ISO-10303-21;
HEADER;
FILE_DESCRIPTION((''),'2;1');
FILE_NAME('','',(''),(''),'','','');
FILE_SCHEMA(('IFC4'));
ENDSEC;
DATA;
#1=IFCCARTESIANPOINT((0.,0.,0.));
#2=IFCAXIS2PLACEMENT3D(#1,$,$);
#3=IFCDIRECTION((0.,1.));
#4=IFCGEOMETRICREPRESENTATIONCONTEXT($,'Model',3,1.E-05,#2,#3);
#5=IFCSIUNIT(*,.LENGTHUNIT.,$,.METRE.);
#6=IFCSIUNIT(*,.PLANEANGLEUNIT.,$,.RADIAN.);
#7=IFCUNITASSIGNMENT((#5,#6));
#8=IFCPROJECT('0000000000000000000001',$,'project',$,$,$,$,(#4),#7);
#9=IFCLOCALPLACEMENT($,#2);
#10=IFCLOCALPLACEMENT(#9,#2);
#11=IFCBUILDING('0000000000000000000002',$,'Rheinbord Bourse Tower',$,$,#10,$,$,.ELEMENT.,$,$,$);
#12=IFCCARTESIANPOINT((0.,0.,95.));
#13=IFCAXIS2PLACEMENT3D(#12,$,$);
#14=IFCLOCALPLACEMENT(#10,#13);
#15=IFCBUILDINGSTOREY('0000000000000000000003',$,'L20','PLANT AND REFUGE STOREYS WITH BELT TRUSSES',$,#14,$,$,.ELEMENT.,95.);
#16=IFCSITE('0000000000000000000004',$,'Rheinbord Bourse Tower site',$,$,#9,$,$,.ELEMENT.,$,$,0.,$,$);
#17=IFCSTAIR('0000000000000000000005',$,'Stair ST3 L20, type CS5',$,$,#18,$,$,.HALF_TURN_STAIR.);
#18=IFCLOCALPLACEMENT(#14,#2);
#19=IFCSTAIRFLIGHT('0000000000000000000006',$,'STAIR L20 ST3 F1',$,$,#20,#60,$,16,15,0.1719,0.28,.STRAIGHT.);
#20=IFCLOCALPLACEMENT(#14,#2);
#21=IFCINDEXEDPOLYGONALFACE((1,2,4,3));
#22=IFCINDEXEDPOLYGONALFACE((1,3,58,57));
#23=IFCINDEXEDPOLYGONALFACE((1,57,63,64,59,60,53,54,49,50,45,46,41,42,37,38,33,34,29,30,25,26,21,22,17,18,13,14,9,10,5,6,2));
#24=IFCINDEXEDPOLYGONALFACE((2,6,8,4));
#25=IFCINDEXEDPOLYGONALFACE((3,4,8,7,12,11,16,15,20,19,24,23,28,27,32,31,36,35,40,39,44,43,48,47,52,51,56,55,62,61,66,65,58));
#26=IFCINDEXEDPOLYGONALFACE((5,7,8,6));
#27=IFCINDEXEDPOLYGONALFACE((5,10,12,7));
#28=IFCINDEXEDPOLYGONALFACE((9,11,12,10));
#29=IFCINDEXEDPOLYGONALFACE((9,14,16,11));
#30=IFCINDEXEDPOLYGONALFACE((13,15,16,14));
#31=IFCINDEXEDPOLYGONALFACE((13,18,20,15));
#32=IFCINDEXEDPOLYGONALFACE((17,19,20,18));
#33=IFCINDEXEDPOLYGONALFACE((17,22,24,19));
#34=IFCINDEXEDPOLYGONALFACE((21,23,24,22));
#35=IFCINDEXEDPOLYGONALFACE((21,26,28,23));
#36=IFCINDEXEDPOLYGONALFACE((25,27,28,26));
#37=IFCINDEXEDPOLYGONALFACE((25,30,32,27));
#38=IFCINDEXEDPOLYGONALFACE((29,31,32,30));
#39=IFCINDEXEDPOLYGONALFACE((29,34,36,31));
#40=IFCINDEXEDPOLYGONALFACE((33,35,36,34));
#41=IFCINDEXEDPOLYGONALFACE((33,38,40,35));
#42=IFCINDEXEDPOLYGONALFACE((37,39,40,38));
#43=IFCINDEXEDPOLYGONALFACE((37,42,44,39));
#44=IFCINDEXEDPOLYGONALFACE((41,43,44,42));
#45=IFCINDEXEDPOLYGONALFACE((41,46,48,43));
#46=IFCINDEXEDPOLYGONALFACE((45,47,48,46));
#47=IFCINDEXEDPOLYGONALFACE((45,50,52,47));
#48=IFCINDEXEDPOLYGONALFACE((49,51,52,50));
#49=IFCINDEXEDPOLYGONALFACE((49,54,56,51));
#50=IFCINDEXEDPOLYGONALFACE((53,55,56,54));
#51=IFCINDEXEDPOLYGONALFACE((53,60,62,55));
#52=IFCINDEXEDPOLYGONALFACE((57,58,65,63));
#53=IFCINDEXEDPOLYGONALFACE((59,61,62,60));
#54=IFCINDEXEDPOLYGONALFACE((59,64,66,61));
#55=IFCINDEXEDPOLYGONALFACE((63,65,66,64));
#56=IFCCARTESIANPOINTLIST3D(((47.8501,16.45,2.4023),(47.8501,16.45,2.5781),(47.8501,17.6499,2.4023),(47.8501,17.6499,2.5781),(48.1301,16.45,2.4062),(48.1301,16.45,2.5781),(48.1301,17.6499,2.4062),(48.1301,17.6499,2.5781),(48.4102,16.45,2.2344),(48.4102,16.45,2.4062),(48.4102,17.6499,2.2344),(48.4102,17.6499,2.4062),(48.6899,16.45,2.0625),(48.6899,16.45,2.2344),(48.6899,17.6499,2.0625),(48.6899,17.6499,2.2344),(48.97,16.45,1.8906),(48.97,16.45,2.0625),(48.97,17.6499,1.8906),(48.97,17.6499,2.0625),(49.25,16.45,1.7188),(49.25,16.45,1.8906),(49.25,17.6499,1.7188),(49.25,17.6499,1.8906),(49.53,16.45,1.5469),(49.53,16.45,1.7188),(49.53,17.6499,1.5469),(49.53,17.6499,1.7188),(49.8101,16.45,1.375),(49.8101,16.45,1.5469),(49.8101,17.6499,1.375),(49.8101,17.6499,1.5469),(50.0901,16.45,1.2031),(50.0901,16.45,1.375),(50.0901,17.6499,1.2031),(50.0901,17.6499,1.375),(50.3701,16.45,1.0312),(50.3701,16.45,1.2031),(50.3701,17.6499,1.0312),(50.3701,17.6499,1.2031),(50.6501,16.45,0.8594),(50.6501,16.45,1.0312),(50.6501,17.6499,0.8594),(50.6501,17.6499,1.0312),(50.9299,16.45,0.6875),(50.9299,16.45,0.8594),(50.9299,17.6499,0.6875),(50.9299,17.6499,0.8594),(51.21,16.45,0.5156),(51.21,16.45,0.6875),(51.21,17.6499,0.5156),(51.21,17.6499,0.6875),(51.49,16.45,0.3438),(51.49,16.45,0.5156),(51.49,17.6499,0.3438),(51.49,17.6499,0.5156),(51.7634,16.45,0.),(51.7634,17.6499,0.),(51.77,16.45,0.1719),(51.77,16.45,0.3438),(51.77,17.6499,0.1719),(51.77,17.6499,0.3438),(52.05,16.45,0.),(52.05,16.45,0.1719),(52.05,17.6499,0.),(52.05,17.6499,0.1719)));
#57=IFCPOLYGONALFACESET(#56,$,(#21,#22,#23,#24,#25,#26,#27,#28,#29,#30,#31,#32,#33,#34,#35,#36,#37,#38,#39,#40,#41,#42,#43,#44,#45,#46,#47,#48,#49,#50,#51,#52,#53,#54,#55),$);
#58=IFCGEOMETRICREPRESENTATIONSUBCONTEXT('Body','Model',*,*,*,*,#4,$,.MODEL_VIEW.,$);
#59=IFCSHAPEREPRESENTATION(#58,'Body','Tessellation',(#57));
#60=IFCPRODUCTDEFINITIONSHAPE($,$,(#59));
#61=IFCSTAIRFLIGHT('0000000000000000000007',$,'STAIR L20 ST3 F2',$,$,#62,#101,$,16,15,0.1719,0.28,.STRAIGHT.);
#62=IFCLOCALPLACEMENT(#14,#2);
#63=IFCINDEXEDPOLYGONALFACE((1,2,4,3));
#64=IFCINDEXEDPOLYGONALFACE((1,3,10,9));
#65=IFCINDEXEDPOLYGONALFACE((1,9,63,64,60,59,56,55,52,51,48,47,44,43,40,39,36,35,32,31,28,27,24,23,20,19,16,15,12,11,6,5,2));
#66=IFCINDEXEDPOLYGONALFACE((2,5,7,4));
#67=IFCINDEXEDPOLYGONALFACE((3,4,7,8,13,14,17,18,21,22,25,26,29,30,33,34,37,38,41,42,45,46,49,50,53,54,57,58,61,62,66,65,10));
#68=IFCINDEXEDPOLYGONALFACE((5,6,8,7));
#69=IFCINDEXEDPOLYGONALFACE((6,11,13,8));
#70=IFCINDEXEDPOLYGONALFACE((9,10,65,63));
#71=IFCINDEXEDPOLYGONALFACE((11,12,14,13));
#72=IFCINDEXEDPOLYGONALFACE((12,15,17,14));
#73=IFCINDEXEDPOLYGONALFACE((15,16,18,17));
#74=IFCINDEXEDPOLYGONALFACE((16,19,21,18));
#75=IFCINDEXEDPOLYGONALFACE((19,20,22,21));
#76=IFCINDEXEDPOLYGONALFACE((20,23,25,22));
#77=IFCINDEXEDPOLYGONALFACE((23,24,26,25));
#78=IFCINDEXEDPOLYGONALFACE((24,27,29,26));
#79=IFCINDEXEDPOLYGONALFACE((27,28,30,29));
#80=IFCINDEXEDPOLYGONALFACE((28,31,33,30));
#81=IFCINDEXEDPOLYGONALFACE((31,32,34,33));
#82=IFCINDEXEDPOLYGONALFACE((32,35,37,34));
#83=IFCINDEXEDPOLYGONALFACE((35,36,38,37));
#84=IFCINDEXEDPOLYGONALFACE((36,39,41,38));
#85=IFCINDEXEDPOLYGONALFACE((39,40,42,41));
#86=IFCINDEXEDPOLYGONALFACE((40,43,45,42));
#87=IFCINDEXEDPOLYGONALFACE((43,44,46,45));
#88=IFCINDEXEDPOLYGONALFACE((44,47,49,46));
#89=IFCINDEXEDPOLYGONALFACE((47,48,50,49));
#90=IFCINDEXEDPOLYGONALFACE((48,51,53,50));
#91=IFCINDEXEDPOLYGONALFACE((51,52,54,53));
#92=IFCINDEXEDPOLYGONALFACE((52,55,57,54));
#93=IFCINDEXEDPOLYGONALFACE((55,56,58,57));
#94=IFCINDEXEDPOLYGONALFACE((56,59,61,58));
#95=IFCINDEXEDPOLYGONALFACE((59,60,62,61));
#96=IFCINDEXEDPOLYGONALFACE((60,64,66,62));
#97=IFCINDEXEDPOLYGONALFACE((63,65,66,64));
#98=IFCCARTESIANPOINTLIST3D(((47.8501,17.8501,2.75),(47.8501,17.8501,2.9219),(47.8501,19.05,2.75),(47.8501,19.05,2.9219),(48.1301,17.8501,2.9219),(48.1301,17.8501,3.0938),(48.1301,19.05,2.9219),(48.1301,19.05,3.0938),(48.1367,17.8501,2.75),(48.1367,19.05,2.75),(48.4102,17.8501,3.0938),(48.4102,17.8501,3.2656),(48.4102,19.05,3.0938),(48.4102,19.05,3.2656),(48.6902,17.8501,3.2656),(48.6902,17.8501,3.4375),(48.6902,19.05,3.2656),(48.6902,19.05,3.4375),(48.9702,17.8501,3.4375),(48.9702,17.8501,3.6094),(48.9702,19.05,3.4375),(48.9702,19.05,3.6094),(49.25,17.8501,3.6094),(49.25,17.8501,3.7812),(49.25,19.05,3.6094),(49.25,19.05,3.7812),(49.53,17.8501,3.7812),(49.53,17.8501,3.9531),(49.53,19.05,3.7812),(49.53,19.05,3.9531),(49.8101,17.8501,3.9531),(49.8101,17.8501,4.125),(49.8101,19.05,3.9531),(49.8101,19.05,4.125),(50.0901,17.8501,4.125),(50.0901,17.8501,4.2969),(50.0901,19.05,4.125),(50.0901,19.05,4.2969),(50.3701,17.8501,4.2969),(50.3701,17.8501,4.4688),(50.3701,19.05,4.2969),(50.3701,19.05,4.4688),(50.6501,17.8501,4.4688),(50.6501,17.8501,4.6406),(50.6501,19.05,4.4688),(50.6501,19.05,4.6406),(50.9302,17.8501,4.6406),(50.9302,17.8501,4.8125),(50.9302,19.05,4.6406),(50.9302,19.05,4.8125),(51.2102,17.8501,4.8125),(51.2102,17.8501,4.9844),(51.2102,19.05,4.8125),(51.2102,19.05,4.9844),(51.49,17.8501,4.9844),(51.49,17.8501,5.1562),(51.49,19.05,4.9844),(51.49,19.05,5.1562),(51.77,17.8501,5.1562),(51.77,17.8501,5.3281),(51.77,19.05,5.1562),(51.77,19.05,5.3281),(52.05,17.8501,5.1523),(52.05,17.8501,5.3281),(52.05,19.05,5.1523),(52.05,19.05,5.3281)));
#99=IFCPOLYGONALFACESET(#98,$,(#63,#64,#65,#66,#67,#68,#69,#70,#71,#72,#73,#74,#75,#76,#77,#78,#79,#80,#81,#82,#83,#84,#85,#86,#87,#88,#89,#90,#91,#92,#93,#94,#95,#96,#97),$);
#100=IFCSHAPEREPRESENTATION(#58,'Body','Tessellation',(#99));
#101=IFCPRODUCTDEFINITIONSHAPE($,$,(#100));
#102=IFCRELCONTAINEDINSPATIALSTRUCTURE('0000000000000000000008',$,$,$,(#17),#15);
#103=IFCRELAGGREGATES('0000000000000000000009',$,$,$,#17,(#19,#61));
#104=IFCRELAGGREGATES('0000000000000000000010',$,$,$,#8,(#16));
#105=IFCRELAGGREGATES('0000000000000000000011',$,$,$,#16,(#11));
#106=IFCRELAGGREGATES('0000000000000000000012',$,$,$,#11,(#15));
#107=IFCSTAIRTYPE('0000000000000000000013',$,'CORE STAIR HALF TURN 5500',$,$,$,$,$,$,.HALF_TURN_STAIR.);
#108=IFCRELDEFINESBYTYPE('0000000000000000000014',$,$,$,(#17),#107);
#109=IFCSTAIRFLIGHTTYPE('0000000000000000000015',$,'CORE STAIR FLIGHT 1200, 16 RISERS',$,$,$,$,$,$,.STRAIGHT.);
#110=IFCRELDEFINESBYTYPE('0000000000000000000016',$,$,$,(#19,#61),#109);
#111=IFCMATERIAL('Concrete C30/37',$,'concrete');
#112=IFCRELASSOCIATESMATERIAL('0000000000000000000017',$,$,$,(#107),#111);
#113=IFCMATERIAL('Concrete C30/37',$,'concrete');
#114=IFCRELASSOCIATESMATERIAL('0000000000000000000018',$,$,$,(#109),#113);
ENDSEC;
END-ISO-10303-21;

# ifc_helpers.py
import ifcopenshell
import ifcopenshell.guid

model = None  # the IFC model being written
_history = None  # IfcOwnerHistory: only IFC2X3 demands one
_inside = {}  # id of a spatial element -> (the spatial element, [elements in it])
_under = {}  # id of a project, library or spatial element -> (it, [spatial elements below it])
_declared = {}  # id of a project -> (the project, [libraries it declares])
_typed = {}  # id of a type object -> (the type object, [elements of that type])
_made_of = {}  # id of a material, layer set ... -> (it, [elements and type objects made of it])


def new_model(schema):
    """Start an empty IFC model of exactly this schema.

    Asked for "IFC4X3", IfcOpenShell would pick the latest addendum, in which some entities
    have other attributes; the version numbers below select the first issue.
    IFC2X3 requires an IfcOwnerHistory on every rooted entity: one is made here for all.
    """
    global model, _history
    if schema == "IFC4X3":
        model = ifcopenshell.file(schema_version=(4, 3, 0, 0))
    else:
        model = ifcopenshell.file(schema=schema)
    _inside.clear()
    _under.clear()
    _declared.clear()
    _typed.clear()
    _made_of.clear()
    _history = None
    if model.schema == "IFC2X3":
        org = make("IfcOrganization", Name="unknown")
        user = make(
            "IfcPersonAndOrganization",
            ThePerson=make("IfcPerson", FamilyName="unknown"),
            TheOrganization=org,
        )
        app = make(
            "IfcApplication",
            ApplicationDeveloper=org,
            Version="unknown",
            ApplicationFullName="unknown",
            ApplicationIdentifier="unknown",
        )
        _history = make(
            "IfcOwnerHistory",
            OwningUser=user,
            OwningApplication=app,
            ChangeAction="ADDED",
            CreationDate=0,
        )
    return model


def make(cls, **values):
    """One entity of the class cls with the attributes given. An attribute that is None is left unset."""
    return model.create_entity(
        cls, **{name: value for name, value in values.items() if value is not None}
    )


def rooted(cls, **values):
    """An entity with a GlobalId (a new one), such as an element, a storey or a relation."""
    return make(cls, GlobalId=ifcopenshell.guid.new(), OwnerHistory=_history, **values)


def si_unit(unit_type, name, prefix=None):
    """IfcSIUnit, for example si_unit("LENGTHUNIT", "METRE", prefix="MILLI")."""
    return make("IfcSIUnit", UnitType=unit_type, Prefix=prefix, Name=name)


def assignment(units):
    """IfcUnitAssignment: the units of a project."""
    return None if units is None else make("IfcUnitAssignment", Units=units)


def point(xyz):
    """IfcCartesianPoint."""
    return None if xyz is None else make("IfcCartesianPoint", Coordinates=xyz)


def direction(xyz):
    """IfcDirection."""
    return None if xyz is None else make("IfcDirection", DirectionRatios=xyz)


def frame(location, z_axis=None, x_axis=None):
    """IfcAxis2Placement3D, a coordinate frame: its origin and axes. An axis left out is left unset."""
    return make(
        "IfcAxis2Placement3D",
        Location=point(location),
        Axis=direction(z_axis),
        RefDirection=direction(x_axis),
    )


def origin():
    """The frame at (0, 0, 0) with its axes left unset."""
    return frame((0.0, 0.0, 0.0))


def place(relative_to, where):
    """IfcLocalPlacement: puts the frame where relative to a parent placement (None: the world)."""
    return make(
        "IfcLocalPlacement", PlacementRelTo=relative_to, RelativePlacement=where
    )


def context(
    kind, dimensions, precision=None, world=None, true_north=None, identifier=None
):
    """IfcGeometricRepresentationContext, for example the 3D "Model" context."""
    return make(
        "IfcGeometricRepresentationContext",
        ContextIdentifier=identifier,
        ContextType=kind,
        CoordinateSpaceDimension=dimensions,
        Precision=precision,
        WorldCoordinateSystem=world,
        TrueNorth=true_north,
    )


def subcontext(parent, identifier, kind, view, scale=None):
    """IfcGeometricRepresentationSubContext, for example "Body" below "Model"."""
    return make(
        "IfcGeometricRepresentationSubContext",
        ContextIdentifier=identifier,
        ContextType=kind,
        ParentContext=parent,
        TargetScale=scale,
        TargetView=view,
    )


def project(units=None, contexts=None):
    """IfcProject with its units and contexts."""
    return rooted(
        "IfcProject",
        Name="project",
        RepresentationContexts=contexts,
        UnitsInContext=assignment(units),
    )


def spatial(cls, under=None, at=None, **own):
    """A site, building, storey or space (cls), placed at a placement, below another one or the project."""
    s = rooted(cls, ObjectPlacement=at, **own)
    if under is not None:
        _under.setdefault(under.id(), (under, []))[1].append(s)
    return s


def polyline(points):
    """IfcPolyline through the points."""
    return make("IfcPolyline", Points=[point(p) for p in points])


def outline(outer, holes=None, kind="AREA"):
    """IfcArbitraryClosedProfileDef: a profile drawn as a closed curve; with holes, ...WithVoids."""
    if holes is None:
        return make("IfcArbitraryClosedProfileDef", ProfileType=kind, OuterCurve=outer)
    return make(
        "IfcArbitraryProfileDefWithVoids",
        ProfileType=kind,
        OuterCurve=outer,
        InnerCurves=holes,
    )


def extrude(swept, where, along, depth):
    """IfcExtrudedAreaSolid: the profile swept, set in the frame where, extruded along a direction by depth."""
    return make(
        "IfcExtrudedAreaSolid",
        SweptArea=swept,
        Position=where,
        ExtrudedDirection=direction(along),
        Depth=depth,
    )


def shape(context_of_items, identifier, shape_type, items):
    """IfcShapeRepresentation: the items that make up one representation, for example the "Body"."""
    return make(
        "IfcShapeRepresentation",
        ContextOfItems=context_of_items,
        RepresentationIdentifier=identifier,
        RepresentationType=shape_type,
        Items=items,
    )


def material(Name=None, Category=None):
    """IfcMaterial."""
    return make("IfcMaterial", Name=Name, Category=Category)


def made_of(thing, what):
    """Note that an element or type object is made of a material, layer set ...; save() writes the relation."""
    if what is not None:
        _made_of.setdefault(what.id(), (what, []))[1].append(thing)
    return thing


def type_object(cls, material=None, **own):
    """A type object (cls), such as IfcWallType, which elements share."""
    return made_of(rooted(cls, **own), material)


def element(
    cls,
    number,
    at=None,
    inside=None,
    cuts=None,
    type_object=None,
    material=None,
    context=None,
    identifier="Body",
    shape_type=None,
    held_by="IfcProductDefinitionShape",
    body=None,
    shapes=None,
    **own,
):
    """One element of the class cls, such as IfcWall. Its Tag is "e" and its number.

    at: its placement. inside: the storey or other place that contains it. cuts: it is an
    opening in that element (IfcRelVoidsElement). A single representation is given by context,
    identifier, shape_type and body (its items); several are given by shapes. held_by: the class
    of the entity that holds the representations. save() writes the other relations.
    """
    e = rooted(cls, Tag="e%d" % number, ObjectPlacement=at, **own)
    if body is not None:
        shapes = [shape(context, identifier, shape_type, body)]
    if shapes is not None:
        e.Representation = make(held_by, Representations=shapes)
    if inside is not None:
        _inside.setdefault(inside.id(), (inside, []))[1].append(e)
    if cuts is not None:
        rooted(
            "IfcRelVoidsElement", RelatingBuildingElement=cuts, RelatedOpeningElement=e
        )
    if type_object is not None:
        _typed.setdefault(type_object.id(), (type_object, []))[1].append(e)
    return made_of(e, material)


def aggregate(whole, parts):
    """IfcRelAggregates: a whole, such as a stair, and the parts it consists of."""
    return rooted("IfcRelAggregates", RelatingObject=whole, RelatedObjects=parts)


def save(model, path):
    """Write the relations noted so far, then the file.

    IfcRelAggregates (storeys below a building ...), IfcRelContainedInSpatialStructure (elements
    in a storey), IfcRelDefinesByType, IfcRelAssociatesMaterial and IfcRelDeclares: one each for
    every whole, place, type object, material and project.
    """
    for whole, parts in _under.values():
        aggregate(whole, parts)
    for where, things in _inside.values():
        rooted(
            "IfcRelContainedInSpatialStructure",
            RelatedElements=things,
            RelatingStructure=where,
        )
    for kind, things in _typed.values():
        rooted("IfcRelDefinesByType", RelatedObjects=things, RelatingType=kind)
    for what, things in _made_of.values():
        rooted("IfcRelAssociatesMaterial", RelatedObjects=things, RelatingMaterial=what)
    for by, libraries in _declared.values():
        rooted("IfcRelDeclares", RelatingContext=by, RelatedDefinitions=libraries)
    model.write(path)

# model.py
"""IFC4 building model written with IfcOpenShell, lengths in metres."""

from ifc_helpers import new_model, si_unit, direction, frame, origin, place, context, subcontext, project, spatial, polyline, outline, extrude, material, type_object, element, aggregate, save


model = new_model("IFC4")

# Units and contexts
model_context = context("Model", 3, precision=1e-05, world=origin(), true_north=direction((0.0, 1.0)))
body_context = subcontext(model_context, "Body", "Model", "MODEL_VIEW")
ifc_project = project(units=[si_unit("LENGTHUNIT", "METRE"), si_unit("PLANEANGLEUNIT", "RADIAN")], contexts=[model_context])

# Site, building, storey
site_placement = place(None, origin())
site = spatial("IfcSite", under=ifc_project, at=site_placement, Name="Rheinbord Bourse Tower site", CompositionType="ELEMENT", RefElevation=0.0)
building_placement = place(site_placement, origin())
building = spatial("IfcBuilding", under=site, at=building_placement, Name="Rheinbord Bourse Tower", CompositionType="ELEMENT")
storey_placement = place(building_placement, frame((0.0, 0.0, 95.0)))
storey = spatial("IfcBuildingStorey", under=building, at=storey_placement, Name="L20", Description="PLANT AND REFUGE STOREYS WITH BELT TRUSSES", CompositionType="ELEMENT", Elevation=95.0)

# Stair, stair flights
ifc_material_1 = material(Name="Concrete C30/37", Category="concrete")
stair_type = type_object("IfcStairType", Name="CORE STAIR HALF TURN 5500", PredefinedType="HALF_TURN_STAIR", material=ifc_material_1)
stair_placement = place(storey_placement, origin())
stair = element("IfcStair", 1, at=stair_placement, inside=storey, type_object=stair_type, Name="Stair ST3 L20, type CS5", PredefinedType="HALF_TURN_STAIR")
ifc_material_2 = material(Name="Concrete C30/37", Category="concrete")
stair_flight_type = type_object("IfcStairFlightType", Name="CORE STAIR FLIGHT 1200, 16 RISERS", PredefinedType="STRAIGHT", material=ifc_material_2)
stair_flight_1_placement = place(storey_placement, frame((52.05, 17.05, 0.0), z_axis=(0.0, 0.0, 1.0), x_axis=(-1.0, 0.0, 0.0)))
stair_flight_1 = element("IfcStairFlight", 2, at=stair_flight_1_placement, type_object=stair_flight_type, Name="STAIR L20 ST3 F1", NumberOfRisers=16, NumberOfTreads=15, PredefinedType="STRAIGHT", RiserHeight=0.1719, TreadLength=0.28, context=body_context, shape_type="SweptSolid", body=[
    extrude(outline(polyline([(0.0, 0.0), (0.0, 0.1719), (0.28, 0.1719), (0.28, 0.3438), (0.5601, 0.3438), (0.5601, 0.5156), (0.8401, 0.5156), (0.8401, 0.6875), (1.1201, 0.6875), (1.1201, 0.8594), (1.3999, 0.8594), (1.3999, 1.0312), (1.6799, 1.0312), (1.6799, 1.2031), (1.96, 1.2031), (1.96, 1.375), (2.24, 1.375), (2.24, 1.5469), (2.52, 1.5469), (2.52, 1.7188), (2.8, 1.7188), (2.8, 1.8906), (3.0801, 1.8906), (3.0801, 2.0625), (3.3601, 2.0625), (3.3601, 2.2344), (3.6399, 2.2344), (3.6399, 2.4062), (3.9199, 2.4062), (3.9199, 2.5781), (4.2, 2.5781), (4.2, 2.75), (4.2, 2.4023), (0.2866, 0.0), (0.0, 0.0)])), frame((0.0, 0.6001, 0.0), z_axis=(0.0, -1.0, 0.0), x_axis=(1.0, 0.0, 0.0)), (0.0, 0.0, 1.0), 1.2),
])
stair_flight_2_placement = place(storey_placement, frame((47.8501, 18.45, 2.75), z_axis=(0.0, 0.0, 1.0), x_axis=(1.0, 0.0, 0.0)))
stair_flight_2 = element("IfcStairFlight", 3, at=stair_flight_2_placement, type_object=stair_flight_type, Name="STAIR L20 ST3 F2", NumberOfRisers=16, NumberOfTreads=15, PredefinedType="STRAIGHT", RiserHeight=0.1719, TreadLength=0.28, context=body_context, shape_type="SweptSolid", body=[
    extrude(outline(polyline([(0.0, 0.0), (0.0, 0.1719), (0.28, 0.1719), (0.28, 0.3438), (0.5601, 0.3438), (0.5601, 0.5156), (0.8401, 0.5156), (0.8401, 0.6875), (1.1201, 0.6875), (1.1201, 0.8594), (1.3999, 0.8594), (1.3999, 1.0312), (1.6799, 1.0312), (1.6799, 1.2031), (1.96, 1.2031), (1.96, 1.375), (2.24, 1.375), (2.24, 1.5469), (2.52, 1.5469), (2.52, 1.7188), (2.8, 1.7188), (2.8, 1.8906), (3.0801, 1.8906), (3.0801, 2.0625), (3.3601, 2.0625), (3.3601, 2.2344), (3.6399, 2.2344), (3.6399, 2.4062), (3.9199, 2.4062), (3.9199, 2.5781), (4.2, 2.5781), (4.2, 2.75), (4.2, 2.4023), (0.2866, 0.0), (0.0, 0.0)])), frame((0.0, 0.6001, 0.0), z_axis=(0.0, -1.0, 0.0), x_axis=(1.0, 0.0, 0.0)), (0.0, 0.0, 1.0), 1.2),
])
aggregate(stair, [stair_flight_1, stair_flight_2])

save(model, "model.ifc")
